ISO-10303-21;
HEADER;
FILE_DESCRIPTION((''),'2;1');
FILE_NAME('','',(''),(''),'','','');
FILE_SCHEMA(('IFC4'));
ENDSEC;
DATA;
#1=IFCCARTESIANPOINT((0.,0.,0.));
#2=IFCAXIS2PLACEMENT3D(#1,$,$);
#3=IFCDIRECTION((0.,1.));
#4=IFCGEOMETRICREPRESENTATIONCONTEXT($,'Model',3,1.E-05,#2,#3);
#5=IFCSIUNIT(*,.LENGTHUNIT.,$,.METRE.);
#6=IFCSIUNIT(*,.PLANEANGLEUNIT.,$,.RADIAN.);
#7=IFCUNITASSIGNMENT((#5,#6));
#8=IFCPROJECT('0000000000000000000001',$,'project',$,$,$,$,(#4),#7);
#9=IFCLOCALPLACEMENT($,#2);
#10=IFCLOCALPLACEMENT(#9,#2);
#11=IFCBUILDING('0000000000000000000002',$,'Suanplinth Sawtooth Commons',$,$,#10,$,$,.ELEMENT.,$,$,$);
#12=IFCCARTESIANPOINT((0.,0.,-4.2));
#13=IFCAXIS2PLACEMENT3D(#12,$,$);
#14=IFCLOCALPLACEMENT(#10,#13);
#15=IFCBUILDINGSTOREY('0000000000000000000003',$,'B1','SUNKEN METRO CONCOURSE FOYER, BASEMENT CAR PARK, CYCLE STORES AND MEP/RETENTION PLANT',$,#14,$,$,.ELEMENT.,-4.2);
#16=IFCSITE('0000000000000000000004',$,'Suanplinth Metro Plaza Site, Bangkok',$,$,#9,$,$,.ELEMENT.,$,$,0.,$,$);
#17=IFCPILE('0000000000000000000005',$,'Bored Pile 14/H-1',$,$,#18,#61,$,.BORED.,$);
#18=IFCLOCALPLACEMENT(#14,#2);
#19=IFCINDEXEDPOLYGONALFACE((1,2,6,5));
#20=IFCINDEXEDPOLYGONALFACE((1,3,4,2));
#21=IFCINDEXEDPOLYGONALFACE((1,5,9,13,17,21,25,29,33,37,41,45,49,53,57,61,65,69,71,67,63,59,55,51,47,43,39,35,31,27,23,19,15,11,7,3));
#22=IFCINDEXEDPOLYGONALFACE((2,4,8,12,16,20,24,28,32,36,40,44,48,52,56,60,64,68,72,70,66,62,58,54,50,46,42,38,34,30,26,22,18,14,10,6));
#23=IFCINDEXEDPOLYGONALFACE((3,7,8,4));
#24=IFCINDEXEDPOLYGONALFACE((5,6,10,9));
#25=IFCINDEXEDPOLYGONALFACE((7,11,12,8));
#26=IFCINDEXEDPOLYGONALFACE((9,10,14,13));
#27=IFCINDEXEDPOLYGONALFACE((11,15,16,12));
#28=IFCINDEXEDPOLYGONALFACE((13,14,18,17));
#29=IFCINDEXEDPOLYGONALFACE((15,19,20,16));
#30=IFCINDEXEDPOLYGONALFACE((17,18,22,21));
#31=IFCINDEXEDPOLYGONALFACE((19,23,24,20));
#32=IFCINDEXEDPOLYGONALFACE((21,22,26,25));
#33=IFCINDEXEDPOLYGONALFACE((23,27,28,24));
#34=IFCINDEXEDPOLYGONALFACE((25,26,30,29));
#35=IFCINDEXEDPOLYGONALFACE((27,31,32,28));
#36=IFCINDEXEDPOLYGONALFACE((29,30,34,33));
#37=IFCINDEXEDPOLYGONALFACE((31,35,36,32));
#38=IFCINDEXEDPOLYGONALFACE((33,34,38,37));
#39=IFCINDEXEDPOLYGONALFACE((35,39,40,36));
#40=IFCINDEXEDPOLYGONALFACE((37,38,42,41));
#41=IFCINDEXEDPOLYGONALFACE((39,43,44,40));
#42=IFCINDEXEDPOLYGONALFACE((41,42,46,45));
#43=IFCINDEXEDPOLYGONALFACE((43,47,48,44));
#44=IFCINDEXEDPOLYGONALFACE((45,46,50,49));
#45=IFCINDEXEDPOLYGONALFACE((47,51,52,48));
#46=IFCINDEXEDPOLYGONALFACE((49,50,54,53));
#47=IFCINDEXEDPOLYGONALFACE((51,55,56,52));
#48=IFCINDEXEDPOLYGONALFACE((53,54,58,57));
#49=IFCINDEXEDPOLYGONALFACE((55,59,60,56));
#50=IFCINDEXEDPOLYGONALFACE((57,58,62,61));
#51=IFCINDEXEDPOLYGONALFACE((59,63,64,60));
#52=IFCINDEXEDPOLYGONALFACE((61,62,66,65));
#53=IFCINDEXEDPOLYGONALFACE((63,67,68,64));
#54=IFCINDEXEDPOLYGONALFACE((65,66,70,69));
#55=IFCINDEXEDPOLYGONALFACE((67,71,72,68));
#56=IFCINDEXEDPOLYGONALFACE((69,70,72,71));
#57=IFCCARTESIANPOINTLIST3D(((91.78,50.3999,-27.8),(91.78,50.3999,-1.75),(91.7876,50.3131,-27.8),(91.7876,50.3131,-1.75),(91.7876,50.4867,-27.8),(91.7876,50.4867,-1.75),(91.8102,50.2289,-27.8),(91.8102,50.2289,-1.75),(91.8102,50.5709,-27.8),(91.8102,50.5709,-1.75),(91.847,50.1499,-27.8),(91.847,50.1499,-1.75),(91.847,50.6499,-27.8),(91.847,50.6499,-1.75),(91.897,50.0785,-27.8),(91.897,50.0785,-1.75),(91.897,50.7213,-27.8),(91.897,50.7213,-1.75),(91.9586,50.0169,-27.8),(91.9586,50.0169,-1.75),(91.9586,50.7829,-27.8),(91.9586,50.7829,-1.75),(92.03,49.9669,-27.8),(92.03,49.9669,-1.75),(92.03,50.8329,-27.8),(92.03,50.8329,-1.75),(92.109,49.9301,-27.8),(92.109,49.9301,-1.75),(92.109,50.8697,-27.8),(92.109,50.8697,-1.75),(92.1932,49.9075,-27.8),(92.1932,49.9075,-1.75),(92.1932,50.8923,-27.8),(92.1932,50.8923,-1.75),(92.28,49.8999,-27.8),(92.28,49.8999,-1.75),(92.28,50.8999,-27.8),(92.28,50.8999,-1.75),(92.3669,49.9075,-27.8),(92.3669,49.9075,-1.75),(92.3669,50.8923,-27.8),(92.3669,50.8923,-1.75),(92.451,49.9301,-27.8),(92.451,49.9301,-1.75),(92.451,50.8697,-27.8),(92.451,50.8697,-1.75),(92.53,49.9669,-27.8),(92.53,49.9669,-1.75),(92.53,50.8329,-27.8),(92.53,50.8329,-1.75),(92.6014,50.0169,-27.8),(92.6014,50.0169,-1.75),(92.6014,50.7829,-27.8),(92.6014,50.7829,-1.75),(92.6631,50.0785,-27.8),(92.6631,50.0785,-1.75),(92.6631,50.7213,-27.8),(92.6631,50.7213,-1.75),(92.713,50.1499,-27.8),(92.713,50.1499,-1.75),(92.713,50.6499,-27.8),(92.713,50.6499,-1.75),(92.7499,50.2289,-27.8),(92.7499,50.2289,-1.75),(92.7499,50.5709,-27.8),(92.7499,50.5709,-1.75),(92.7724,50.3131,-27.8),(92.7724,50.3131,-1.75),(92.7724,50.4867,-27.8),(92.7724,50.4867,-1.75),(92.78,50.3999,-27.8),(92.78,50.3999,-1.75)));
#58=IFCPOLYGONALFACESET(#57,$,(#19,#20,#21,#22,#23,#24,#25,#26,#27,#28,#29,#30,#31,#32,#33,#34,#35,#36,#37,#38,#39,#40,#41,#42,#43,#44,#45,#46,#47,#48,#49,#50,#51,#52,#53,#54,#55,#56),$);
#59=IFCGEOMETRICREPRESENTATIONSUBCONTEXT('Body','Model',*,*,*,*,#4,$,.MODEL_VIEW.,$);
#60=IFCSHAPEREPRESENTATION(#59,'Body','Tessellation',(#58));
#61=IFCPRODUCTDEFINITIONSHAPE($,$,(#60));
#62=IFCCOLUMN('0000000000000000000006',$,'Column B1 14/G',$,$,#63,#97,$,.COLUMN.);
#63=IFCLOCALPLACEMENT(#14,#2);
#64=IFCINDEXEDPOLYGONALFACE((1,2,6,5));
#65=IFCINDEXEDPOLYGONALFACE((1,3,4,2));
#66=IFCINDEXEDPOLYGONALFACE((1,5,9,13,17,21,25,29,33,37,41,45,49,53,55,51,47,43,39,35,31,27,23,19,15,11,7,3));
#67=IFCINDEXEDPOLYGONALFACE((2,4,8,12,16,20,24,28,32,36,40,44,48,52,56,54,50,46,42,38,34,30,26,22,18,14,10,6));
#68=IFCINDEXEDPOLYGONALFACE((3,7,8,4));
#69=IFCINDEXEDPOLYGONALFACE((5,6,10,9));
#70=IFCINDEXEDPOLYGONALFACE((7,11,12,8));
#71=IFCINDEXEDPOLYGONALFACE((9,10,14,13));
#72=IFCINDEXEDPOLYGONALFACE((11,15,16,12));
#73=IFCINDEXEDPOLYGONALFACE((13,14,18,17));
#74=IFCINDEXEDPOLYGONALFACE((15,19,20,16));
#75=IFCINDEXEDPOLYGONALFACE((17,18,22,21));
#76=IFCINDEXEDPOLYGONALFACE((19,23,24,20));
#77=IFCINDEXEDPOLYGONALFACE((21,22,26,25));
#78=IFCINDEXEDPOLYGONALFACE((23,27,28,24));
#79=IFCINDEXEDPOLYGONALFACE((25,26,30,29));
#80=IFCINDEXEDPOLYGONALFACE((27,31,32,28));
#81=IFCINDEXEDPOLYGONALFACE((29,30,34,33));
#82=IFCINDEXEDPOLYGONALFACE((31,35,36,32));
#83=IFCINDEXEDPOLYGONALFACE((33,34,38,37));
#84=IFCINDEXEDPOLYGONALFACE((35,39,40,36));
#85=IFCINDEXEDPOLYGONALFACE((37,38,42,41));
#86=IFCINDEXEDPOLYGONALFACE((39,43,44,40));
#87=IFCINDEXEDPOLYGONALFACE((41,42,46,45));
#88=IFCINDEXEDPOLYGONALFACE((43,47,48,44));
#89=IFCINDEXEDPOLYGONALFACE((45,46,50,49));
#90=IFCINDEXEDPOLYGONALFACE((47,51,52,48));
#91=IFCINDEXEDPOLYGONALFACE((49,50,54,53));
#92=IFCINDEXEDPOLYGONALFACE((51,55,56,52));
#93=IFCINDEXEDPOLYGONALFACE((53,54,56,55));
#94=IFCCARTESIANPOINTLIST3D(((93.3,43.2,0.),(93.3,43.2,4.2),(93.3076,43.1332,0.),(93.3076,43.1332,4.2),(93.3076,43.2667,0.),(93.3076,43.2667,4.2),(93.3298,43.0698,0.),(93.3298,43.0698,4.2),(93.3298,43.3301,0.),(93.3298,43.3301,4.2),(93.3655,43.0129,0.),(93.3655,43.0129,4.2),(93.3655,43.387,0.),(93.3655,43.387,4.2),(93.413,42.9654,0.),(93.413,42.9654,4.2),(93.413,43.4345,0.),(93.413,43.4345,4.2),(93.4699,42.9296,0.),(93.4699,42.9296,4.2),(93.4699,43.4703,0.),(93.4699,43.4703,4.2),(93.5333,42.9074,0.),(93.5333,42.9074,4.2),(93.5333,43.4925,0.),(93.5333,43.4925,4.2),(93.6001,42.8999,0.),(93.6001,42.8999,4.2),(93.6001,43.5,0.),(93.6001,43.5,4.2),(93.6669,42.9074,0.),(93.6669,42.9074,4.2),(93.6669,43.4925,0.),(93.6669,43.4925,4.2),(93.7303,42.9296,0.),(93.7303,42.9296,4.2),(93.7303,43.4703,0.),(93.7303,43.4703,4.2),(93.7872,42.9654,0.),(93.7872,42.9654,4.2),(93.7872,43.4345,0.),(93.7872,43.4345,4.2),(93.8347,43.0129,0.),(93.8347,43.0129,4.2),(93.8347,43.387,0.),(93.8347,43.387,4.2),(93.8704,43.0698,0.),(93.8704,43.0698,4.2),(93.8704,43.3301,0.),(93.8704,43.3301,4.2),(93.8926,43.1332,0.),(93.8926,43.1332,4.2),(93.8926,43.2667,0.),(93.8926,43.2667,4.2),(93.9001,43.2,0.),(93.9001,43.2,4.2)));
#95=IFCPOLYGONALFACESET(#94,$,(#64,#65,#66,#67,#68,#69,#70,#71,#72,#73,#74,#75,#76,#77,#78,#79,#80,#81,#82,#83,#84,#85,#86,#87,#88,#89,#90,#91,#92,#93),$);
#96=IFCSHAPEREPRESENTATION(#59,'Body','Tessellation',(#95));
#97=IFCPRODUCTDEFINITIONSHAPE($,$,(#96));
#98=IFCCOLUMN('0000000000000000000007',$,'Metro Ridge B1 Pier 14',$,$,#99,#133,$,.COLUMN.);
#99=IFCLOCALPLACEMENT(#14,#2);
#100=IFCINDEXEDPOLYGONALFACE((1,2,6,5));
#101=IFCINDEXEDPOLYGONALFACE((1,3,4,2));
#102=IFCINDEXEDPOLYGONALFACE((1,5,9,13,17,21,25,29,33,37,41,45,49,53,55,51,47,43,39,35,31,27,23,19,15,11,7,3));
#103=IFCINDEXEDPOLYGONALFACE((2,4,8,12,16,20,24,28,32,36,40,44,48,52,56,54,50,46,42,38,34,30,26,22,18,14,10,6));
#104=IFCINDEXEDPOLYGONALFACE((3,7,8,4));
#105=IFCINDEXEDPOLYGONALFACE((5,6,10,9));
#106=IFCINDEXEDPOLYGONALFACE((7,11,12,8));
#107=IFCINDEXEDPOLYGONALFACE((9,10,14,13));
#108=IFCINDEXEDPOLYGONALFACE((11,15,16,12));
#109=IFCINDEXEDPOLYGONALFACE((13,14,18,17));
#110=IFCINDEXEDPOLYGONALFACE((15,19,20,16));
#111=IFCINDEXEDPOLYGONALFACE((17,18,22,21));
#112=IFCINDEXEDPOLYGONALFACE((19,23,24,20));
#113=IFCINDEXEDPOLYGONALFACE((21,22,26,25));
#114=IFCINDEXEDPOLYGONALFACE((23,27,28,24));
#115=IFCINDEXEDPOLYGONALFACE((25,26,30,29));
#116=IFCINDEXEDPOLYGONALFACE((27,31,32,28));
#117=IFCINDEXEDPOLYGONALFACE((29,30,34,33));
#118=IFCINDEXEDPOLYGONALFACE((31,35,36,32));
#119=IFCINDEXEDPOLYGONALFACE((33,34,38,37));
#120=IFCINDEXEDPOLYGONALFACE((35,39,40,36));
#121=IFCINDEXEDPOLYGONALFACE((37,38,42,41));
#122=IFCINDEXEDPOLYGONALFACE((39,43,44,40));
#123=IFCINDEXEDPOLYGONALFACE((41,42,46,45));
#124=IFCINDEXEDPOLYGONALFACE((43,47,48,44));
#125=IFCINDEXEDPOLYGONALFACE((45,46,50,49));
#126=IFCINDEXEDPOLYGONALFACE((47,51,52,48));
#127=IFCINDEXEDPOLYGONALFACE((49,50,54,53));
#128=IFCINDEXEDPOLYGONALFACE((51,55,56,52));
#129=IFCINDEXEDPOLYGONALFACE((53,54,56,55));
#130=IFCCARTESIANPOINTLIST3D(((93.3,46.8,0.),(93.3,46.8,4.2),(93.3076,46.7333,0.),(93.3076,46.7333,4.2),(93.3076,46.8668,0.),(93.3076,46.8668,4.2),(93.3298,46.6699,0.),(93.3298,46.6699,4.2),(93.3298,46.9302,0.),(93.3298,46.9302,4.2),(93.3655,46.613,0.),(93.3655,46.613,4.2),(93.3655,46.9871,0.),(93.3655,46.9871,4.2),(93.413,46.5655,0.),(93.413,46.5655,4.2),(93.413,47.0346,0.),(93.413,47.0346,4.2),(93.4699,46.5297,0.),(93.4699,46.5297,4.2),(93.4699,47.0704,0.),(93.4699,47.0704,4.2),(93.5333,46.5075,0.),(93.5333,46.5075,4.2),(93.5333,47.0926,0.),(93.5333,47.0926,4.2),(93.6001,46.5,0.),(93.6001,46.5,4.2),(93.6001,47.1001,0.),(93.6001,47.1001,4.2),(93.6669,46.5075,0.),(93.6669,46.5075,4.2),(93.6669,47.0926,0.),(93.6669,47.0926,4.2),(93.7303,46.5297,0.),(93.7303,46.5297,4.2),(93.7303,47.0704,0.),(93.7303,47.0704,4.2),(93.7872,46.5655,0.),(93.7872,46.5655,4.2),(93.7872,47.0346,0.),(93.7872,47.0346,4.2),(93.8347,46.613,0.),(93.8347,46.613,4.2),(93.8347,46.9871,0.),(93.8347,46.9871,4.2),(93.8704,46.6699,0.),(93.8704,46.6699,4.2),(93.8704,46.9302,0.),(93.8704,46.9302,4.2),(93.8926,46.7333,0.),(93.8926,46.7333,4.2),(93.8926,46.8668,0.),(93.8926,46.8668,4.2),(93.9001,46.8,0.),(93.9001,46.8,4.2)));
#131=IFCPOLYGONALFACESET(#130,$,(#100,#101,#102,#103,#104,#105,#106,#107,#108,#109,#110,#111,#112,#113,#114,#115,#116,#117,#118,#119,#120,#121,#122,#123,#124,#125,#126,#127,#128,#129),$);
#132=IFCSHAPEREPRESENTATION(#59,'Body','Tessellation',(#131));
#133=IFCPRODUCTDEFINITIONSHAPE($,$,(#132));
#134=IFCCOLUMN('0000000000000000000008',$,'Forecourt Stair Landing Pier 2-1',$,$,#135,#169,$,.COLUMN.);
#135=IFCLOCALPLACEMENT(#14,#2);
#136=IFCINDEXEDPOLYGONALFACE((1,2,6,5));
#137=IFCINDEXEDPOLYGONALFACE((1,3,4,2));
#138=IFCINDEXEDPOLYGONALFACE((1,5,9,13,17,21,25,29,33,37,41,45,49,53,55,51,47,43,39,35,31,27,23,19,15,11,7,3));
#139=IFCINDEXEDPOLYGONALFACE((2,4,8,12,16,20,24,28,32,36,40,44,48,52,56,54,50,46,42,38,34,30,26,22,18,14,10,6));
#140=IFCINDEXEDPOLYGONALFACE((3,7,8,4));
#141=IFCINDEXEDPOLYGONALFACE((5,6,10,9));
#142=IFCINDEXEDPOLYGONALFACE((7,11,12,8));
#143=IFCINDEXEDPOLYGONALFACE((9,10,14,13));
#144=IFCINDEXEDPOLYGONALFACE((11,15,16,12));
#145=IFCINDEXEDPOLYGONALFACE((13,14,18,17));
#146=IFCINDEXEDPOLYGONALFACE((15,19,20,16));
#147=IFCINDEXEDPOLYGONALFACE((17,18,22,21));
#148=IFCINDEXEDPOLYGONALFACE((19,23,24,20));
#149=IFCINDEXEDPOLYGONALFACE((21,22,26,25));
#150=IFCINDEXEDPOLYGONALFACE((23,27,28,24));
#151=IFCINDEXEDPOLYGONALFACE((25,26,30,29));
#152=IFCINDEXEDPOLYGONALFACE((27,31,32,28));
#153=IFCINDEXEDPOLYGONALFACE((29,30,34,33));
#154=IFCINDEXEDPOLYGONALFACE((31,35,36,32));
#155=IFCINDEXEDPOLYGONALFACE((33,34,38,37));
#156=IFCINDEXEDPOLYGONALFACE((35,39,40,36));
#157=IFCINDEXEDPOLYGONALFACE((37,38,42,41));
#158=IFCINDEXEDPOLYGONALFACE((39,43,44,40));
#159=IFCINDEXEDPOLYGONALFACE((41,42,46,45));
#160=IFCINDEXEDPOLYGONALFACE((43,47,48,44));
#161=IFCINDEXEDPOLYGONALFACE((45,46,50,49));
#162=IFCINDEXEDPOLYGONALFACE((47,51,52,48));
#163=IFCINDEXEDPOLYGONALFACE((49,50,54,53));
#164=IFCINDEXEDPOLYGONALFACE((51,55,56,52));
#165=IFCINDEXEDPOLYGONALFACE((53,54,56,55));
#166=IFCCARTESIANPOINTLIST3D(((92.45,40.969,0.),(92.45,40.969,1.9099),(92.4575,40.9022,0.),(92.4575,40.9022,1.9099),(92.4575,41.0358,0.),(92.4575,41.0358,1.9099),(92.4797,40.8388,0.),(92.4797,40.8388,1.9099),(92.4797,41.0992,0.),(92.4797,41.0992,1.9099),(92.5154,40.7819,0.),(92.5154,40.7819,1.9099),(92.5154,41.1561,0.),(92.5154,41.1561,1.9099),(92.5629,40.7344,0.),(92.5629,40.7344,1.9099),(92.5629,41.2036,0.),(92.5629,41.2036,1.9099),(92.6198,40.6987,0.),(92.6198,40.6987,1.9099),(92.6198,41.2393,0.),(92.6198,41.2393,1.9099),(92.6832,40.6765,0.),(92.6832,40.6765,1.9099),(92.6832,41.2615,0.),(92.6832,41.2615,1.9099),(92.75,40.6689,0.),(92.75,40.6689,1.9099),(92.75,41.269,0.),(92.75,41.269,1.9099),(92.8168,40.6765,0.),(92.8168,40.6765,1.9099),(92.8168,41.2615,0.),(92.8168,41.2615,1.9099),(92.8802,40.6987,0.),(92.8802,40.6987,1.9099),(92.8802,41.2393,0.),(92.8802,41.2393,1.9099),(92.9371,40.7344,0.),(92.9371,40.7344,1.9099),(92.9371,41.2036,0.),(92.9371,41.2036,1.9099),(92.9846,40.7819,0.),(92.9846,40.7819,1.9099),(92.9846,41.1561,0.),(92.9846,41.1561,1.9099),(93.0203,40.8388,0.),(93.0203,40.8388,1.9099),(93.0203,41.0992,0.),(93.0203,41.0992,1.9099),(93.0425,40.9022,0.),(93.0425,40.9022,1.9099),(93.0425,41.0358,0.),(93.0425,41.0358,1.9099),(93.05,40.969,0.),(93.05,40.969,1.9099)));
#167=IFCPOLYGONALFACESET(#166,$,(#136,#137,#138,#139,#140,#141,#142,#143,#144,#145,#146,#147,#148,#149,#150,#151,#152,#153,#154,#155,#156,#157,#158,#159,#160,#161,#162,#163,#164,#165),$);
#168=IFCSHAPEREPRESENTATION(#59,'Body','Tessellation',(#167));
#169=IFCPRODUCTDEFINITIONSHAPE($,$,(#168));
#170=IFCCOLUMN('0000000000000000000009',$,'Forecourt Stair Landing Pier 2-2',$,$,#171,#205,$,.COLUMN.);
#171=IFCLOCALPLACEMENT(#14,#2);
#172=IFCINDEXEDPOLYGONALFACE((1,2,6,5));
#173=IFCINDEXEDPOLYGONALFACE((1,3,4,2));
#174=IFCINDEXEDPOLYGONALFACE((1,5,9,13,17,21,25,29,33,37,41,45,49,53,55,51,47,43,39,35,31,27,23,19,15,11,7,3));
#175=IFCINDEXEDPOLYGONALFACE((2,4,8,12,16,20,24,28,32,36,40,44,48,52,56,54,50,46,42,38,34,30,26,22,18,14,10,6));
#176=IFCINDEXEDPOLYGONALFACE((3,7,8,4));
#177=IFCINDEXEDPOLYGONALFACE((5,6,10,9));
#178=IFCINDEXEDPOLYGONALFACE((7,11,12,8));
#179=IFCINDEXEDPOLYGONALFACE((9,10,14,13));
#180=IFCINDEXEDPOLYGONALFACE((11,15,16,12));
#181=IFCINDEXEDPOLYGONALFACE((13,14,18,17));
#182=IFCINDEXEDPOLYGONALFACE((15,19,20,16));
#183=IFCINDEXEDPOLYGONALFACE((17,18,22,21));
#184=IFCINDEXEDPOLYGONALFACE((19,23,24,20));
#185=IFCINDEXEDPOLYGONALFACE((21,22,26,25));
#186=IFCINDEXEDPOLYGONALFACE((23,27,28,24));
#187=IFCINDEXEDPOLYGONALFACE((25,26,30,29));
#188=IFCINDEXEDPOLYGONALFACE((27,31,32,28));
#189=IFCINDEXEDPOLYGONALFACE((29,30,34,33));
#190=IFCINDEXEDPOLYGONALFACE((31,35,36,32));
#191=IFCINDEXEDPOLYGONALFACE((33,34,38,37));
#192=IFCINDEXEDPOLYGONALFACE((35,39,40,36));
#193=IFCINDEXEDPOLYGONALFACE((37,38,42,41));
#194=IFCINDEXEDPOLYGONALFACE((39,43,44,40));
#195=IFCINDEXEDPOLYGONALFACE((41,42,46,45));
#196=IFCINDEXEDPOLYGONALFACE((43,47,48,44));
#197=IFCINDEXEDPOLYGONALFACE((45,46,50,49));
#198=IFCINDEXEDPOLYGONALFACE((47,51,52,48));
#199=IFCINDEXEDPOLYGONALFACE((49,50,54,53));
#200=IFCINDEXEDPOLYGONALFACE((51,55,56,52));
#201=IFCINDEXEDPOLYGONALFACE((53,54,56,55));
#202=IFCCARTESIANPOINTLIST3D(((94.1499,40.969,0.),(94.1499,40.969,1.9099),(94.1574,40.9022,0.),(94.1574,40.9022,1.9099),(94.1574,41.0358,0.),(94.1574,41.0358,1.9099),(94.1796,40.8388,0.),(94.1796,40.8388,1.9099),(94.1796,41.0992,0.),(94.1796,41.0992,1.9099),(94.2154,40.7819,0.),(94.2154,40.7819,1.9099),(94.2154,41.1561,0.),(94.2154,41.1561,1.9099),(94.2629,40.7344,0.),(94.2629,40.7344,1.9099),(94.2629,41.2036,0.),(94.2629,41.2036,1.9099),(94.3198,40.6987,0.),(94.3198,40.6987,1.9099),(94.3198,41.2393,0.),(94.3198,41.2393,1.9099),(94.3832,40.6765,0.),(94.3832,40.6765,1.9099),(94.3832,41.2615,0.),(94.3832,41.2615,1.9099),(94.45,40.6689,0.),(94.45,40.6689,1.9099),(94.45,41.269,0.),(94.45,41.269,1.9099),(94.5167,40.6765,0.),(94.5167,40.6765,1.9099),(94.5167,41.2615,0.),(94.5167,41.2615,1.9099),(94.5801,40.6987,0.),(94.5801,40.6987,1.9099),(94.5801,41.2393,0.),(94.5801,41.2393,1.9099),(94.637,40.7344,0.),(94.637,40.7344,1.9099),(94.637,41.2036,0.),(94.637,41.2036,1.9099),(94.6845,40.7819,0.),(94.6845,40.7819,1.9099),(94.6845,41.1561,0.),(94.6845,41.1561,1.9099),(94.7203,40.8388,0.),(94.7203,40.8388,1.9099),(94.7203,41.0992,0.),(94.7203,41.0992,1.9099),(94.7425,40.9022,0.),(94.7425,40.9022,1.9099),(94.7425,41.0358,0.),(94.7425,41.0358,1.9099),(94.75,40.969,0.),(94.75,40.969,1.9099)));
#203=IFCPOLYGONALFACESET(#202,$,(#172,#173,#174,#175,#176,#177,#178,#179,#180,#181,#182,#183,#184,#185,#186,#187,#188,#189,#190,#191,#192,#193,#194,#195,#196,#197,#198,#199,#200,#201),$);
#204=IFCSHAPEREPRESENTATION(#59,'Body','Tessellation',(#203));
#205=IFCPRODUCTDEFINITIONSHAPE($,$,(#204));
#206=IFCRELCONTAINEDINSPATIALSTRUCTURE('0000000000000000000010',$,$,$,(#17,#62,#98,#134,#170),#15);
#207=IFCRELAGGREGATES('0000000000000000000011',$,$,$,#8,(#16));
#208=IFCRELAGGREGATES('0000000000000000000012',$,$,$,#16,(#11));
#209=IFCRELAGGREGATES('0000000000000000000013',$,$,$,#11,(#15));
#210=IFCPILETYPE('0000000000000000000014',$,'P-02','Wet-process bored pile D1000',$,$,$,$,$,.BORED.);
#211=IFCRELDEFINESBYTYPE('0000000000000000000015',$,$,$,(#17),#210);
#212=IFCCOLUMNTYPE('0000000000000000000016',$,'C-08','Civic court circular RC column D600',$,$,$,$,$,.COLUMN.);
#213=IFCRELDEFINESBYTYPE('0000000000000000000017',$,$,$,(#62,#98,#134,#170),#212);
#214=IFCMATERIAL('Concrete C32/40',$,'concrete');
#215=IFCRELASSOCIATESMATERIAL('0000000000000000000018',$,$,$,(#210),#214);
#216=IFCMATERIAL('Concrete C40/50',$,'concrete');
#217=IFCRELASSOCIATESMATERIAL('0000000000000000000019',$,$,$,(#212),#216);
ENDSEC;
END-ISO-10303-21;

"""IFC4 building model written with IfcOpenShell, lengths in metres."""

from ifc_helpers import new_model, si_unit, direction, frame, origin, origin_2d, place, context, subcontext, project, spatial, circle, extrude, material, material_profile, profile_set, type_object, element, save


model = new_model("IFC4")

# Units and contexts
model_context = context("Model", 3, precision=1e-05, world=origin(), true_north=direction((0.0, 1.0)))
body_context = subcontext(model_context, "Body", "Model", "MODEL_VIEW")
ifc_project = project(units=[si_unit("LENGTHUNIT", "METRE"), si_unit("PLANEANGLEUNIT", "RADIAN")], contexts=[model_context])

# Site, building, storey
site_placement = place(None, origin())
site = spatial("IfcSite", under=ifc_project, at=site_placement, Name="Suanplinth Metro Plaza Site, Bangkok", CompositionType="ELEMENT", RefElevation=0.0)
building_placement = place(site_placement, origin())
building = spatial("IfcBuilding", under=site, at=building_placement, Name="Suanplinth Sawtooth Commons", CompositionType="ELEMENT")
storey_placement = place(building_placement, frame((0.0, 0.0, -4.2)))
storey = spatial("IfcBuildingStorey", under=building, at=storey_placement, Name="B1", Description="SUNKEN METRO CONCOURSE FOYER, BASEMENT CAR PARK, CYCLE STORES AND MEP/RETENTION PLANT", CompositionType="ELEMENT", Elevation=-4.2)

# Pile
ifc_material_1 = material(Name="Concrete C32/40", Category="concrete")
ifc_material_profile_1 = material_profile(ifc_material_1, circle(Radius=0.5, at=origin_2d()), Name="PILE D1000")
ifc_profile_set_1 = profile_set([ifc_material_profile_1], Name="Concrete C32/40")
pile_type_1 = type_object("IfcPileType", Name="P-02", Description="Wet-process bored pile D1000", PredefinedType="BORED", material=ifc_profile_set_1)
pile_1_placement = place(storey_placement, frame((92.28, 50.3999, -1.75), z_axis=(0.0, 0.0, -1.0), x_axis=(1.0, 0.0, 0.0)))
element("IfcPile", 1, at=pile_1_placement, inside=storey, type_object=pile_type_1, Name="Bored Pile 14/H-1", PredefinedType="BORED", context=body_context, shape_type="SweptSolid", body=[
    extrude(circle(Radius=0.5, at=origin_2d()), origin(), (0.0, 0.0, 1.0), 26.05),
])

# Columns
ifc_material_2 = material(Name="Concrete C40/50", Category="concrete")
ifc_material_profile_2 = material_profile(ifc_material_2, circle(Radius=0.3, at=origin_2d()), Name="RC-CIRC D600")
ifc_profile_set_2 = profile_set([ifc_material_profile_2], Name="Concrete C40/50")
column_type_1 = type_object("IfcColumnType", Name="C-08", Description="Civic court circular RC column D600", PredefinedType="COLUMN", material=ifc_profile_set_2)
for number, where, z_axis, x_axis, name in (
    (2, (93.6001, 43.2, 0.0), (0.0, 0.0, 1.0), (1.0, 0.0, 0.0), "Column B1 14/G"),
    (3, (93.6001, 46.8, 0.0), (0.0, 0.0, 1.0), (1.0, 0.0, 0.0), "Metro Ridge B1 Pier 14"),
):
    element("IfcColumn", number, at=place(storey_placement, frame(where, z_axis=z_axis, x_axis=x_axis)), inside=storey, type_object=column_type_1, Name=name, PredefinedType="COLUMN", context=body_context, shape_type="SweptSolid", body=[
        extrude(circle(Radius=0.3, at=origin_2d()), origin(), (0.0, 0.0, 1.0), 4.2),
    ])
for number, where, z_axis, x_axis, name in (
    (4, (92.75, 40.969, 0.0), (0.0, 0.0, 1.0), (1.0, 0.0, 0.0), "Forecourt Stair Landing Pier 2-1"),
    (5, (94.45, 40.969, 0.0), (0.0, 0.0, 1.0), (1.0, 0.0, 0.0), "Forecourt Stair Landing Pier 2-2"),
):
    element("IfcColumn", number, at=place(storey_placement, frame(where, z_axis=z_axis, x_axis=x_axis)), inside=storey, type_object=column_type_1, Name=name, PredefinedType="COLUMN", context=body_context, shape_type="SweptSolid", body=[
        extrude(circle(Radius=0.3, at=origin_2d()), origin(), (0.0, 0.0, 1.0), 1.9099),
    ])

save(model, "model.ifc")
